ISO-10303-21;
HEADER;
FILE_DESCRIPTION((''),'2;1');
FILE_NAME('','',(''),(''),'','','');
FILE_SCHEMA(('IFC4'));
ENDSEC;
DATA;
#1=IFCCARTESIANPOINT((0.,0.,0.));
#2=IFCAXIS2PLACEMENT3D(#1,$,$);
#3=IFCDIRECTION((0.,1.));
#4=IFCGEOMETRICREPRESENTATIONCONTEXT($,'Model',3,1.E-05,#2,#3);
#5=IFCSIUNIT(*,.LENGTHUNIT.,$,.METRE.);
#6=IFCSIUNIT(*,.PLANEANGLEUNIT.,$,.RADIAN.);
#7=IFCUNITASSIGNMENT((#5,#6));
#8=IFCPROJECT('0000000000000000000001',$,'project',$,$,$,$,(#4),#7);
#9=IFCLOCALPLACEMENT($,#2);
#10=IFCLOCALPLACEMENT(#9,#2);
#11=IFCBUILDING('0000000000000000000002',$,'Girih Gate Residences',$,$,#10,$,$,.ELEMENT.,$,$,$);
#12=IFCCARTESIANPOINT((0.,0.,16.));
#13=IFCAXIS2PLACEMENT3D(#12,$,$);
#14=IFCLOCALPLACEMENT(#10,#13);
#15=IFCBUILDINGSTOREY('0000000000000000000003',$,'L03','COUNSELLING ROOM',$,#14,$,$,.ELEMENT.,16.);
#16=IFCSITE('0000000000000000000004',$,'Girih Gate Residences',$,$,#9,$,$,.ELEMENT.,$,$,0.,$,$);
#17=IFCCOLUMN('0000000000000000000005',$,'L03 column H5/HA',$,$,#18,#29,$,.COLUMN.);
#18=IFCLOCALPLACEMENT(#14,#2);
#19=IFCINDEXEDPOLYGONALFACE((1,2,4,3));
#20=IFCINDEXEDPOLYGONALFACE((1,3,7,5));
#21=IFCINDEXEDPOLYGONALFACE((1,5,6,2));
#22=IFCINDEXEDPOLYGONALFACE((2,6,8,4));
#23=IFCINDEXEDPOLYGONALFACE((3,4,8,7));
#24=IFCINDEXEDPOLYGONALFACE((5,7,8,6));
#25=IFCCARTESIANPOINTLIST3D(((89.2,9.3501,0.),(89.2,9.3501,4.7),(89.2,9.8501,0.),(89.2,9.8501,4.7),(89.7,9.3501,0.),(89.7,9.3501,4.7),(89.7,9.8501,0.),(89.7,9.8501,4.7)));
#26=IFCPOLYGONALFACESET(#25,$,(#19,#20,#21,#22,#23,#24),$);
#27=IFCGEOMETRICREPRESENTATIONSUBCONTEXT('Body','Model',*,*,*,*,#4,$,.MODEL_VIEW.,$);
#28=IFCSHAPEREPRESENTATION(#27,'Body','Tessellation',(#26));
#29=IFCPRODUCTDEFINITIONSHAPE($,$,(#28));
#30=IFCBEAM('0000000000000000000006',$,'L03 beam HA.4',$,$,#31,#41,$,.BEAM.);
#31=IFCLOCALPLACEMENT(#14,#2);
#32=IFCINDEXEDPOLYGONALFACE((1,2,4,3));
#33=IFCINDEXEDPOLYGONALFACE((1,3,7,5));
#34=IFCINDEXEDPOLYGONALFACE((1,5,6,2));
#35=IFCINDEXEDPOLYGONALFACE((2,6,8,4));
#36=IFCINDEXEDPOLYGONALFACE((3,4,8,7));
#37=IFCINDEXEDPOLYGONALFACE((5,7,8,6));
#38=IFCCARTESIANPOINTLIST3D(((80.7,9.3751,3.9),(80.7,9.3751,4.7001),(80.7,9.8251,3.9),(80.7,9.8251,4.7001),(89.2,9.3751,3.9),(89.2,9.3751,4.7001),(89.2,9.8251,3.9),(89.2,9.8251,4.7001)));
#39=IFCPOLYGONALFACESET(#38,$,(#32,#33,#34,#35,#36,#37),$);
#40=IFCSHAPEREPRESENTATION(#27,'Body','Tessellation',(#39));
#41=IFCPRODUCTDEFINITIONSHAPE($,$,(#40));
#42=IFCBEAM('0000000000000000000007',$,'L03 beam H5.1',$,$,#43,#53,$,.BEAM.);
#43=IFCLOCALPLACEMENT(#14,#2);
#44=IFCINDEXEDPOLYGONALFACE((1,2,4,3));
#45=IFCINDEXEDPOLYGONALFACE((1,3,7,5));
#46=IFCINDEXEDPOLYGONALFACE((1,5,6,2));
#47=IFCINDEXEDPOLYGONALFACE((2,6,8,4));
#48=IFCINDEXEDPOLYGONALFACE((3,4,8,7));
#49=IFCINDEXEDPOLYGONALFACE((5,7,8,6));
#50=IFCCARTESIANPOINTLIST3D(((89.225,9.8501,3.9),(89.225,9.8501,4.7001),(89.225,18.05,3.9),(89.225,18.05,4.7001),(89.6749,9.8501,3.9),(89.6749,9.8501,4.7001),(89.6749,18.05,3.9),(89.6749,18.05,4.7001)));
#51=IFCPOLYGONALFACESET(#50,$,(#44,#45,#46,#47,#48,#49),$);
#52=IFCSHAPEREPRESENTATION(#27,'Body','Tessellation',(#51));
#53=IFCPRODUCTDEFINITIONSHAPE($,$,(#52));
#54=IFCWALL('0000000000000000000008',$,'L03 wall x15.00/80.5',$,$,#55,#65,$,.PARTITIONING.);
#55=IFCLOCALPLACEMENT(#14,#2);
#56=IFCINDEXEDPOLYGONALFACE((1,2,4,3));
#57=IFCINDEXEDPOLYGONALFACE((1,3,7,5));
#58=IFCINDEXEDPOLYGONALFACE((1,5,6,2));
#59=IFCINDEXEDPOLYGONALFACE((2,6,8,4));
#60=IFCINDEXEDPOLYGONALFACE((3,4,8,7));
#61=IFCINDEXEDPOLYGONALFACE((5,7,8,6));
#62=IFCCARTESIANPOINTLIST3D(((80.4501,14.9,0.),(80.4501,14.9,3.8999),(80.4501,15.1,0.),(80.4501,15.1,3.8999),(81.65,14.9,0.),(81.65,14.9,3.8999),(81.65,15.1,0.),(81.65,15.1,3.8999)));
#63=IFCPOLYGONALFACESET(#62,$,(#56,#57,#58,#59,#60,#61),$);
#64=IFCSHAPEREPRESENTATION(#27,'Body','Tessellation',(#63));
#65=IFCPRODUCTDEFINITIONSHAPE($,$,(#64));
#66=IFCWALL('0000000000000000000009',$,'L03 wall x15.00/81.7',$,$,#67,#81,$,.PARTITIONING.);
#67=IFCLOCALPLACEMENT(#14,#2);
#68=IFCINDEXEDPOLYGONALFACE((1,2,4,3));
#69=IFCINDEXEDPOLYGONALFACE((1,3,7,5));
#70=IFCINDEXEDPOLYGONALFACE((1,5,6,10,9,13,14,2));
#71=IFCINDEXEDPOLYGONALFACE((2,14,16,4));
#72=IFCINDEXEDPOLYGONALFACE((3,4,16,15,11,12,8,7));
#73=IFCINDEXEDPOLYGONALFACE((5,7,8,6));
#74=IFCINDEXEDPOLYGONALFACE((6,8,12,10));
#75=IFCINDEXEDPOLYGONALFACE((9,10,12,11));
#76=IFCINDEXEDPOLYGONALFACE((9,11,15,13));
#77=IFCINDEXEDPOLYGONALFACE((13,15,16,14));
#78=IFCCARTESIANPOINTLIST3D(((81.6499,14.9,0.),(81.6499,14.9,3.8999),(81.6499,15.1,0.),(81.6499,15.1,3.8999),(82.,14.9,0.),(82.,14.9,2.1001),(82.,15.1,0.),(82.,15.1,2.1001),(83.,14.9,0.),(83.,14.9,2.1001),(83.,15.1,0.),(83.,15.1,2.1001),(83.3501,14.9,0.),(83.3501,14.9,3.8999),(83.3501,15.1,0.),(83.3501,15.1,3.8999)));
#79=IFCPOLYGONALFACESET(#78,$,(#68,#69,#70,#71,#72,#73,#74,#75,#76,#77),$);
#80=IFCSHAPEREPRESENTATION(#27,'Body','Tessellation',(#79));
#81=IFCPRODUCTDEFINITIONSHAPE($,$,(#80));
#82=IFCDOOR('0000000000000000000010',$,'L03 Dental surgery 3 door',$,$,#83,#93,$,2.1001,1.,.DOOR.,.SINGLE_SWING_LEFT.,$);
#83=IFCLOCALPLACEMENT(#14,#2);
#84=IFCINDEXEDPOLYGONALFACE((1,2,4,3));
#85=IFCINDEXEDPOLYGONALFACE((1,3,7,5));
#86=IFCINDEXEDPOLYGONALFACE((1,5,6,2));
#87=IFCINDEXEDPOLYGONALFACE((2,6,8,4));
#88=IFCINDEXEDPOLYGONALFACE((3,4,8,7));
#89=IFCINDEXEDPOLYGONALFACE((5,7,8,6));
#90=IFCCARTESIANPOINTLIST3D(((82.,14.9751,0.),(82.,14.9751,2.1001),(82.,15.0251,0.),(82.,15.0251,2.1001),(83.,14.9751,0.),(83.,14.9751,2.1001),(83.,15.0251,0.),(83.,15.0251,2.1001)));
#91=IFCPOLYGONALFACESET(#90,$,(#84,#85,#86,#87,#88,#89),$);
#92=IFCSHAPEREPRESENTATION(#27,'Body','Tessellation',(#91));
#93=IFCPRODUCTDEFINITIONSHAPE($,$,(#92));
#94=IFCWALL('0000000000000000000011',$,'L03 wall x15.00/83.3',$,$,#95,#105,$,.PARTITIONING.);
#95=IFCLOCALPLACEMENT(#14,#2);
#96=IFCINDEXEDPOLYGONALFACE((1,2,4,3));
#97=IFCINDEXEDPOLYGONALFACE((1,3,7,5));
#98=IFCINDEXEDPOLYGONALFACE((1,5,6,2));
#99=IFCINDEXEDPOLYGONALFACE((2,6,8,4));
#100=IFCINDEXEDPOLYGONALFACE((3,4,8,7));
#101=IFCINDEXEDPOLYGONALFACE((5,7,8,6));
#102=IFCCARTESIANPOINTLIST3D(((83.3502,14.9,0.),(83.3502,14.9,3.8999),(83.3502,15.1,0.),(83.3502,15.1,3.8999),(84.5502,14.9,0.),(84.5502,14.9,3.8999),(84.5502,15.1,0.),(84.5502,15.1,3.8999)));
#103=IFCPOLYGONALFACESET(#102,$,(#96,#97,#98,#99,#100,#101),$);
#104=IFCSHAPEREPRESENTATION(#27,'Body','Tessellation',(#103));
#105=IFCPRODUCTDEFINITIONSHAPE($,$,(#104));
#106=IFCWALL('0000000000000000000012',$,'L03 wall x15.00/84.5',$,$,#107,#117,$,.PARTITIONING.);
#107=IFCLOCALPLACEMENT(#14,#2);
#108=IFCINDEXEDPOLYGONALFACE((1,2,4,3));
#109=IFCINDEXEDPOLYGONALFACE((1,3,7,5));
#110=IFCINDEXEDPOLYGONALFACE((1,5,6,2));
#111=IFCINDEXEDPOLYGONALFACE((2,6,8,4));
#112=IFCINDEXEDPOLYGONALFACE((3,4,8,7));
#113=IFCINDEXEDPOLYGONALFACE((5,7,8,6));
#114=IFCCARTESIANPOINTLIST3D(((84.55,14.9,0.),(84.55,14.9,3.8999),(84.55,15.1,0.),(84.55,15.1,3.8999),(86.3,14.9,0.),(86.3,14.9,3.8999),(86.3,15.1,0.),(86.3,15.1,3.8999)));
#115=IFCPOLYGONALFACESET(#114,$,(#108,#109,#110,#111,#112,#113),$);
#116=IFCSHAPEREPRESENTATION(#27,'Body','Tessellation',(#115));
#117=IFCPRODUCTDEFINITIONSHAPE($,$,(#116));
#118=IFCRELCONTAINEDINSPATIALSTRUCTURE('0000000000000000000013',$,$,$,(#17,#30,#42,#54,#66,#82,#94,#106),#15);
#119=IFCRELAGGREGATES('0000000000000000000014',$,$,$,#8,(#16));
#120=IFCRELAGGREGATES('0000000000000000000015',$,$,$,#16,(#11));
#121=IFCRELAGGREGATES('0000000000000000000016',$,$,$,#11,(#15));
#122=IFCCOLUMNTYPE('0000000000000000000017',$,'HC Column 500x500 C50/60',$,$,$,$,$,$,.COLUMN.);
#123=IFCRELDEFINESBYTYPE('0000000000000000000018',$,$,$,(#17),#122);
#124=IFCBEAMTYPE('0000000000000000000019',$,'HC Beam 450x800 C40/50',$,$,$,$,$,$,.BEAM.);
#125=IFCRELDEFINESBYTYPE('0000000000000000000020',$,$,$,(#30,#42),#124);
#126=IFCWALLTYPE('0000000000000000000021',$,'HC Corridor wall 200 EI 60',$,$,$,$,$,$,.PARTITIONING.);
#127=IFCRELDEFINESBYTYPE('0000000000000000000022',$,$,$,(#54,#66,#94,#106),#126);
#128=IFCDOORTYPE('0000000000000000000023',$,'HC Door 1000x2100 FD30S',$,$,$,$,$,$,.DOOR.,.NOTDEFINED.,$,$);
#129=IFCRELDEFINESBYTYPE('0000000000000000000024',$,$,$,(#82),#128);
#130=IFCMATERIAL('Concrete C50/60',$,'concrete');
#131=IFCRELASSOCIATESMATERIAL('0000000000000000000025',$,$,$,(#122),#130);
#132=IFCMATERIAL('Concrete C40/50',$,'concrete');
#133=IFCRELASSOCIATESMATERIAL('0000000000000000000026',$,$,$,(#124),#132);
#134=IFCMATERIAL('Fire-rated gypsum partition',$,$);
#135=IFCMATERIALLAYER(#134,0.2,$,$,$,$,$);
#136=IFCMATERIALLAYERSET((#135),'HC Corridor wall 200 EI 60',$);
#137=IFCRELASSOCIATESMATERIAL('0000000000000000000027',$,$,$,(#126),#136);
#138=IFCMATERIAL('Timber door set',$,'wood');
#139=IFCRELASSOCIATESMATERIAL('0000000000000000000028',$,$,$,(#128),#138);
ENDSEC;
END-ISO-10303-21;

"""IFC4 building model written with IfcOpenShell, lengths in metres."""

from ifc_helpers import new_model, si_unit, direction, frame, frame_2d, origin, origin_2d, place, context, subcontext, project, spatial, rectangle, extrude, material, layer, layer_set, material_profile, profile_set, type_object, element, fill, save


model = new_model("IFC4")

# Units and contexts
model_context = context("Model", 3, precision=1e-05, world=origin(), true_north=direction((0.0, 1.0)))
body_context = subcontext(model_context, "Body", "Model", "MODEL_VIEW")
ifc_project = project(units=[si_unit("LENGTHUNIT", "METRE"), si_unit("PLANEANGLEUNIT", "RADIAN")], contexts=[model_context])

# Site, building, storey
site_placement = place(None, origin())
site = spatial("IfcSite", under=ifc_project, at=site_placement, Name="Girih Gate Residences", CompositionType="ELEMENT", RefElevation=0.0)
building_placement = place(site_placement, origin())
building = spatial("IfcBuilding", under=site, at=building_placement, Name="Girih Gate Residences", CompositionType="ELEMENT")
storey_placement = place(building_placement, frame((0.0, 0.0, 16.0)))
storey = spatial("IfcBuildingStorey", under=building, at=storey_placement, Name="L03", Description="COUNSELLING ROOM", CompositionType="ELEMENT", Elevation=16.0)

# Column
ifc_material_1 = material(Name="Concrete C50/60", Category="concrete")
ifc_material_profile_1 = material_profile(ifc_material_1, rectangle(XDim=0.5, YDim=0.5, at=origin_2d()))
ifc_profile_set_1 = profile_set([ifc_material_profile_1], Name="Concrete C50/60")
column_type = type_object("IfcColumnType", Name="HC Column 500x500 C50/60", PredefinedType="COLUMN", material=ifc_profile_set_1)
column_placement = place(storey_placement, frame((89.45, 9.6001, 0.0), z_axis=(0.0, 0.0, 1.0), x_axis=(1.0, 0.0, 0.0)))
element("IfcColumn", 1, at=column_placement, inside=storey, type_object=column_type, Name="L03 column H5/HA", PredefinedType="COLUMN", context=body_context, shape_type="SweptSolid", body=[
    extrude(rectangle(XDim=0.5, YDim=0.5, at=origin_2d()), origin(), (0.0, 0.0, 1.0), 4.7),
])

# Beams
ifc_material_2 = material(Name="Concrete C40/50", Category="concrete")
ifc_material_profile_2 = material_profile(ifc_material_2, rectangle(XDim=0.45, YDim=0.8, at=origin_2d()))
ifc_profile_set_2 = profile_set([ifc_material_profile_2], Name="Concrete C40/50")
beam_type = type_object("IfcBeamType", Name="HC Beam 450x800 C40/50", PredefinedType="BEAM", material=ifc_profile_set_2)
beam_1_placement = place(storey_placement, frame((80.7, 9.6001, 4.3), z_axis=(1.0, 0.0, 0.0), x_axis=(0.0, 1.0, 0.0)))
element("IfcBeam", 2, at=beam_1_placement, inside=storey, type_object=beam_type, Name="L03 beam HA.4", PredefinedType="BEAM", context=body_context, shape_type="SweptSolid", body=[
    extrude(rectangle(XDim=0.45, YDim=0.8, at=origin_2d()), origin(), (0.0, 0.0, 1.0), 8.5),
])
beam_2_placement = place(storey_placement, frame((89.45, 9.8501, 4.3), z_axis=(0.0, 1.0, 0.0), x_axis=(-1.0, 0.0, 0.0)))
element("IfcBeam", 3, at=beam_2_placement, inside=storey, type_object=beam_type, Name="L03 beam H5.1", PredefinedType="BEAM", context=body_context, shape_type="SweptSolid", body=[
    extrude(rectangle(XDim=0.45, YDim=0.8, at=origin_2d()), origin(), (0.0, 0.0, 1.0), 8.2),
])

# Wall
ifc_material_3 = material(Name="Fire-rated gypsum partition")
ifc_layer_1 = layer(ifc_material_3, 0.2)
ifc_layer_set_1 = layer_set([ifc_layer_1], Name="HC Corridor wall 200 EI 60")
wall_type_1 = type_object("IfcWallType", Name="HC Corridor wall 200 EI 60", PredefinedType="PARTITIONING", material=ifc_layer_set_1)
wall_1_placement = place(storey_placement, frame((80.45, 15.0, 0.0), z_axis=(0.0, 0.0, 1.0), x_axis=(1.0, 0.0, 0.0)))
element("IfcWall", 4, at=wall_1_placement, inside=storey, type_object=wall_type_1, Name="L03 wall x15.00/80.5", PredefinedType="PARTITIONING", context=body_context, shape_type="SweptSolid", body=[
    extrude(rectangle(XDim=1.2, YDim=0.2, at=frame_2d((0.6001, 0.0))), origin(), (0.0, 0.0, 1.0), 3.8999),
])

# Wall, opening, door
wall_2_placement = place(storey_placement, frame((83.3501, 15.0, 0.0), z_axis=(0.0, 0.0, 1.0), x_axis=(-1.0, 0.0, 0.0)))
wall_2 = element("IfcWall", 5, at=wall_2_placement, inside=storey, type_object=wall_type_1, Name="L03 wall x15.00/81.7", PredefinedType="PARTITIONING", context=body_context, shape_type="SweptSolid", body=[
    extrude(rectangle(XDim=1.7002, YDim=0.2, at=frame_2d((0.8501, 0.0))), origin(), (0.0, 0.0, 1.0), 3.8999),
])
opening_1_placement = place(wall_2_placement, frame((0.3501, 0.0, 0.0)))
opening_1 = element("IfcOpeningElement", 6, at=opening_1_placement, cuts=wall_2, PredefinedType="OPENING", context=body_context, shape_type="SweptSolid", body=[
    extrude(rectangle(XDim=1.0, YDim=2.1001, at=frame_2d((0.5, 1.05))), frame((0.0, 0.1099, 0.0), z_axis=(0.0, -1.0, 0.0), x_axis=(1.0, 0.0, 0.0)), (0.0, 0.0, 1.0), 0.22),
])
ifc_material_4 = material(Name="Timber door set", Category="wood")
door_type = type_object("IfcDoorType", Name="HC Door 1000x2100 FD30S", OperationType="NOTDEFINED", PredefinedType="DOOR", material=ifc_material_4)
door_placement = place(opening_1_placement, origin())
door = element("IfcDoor", 7, at=door_placement, inside=storey, type_object=door_type, Name="L03 Dental surgery 3 door", OperationType="SINGLE_SWING_LEFT", OverallHeight=2.1001, OverallWidth=1.0, PredefinedType="DOOR", context=body_context, shape_type="SweptSolid", body=[
    extrude(rectangle(XDim=1.0, YDim=2.1001, at=frame_2d((0.5, 1.05))), frame((0.0, 0.0249, 0.0), z_axis=(0.0, -1.0, 0.0), x_axis=(1.0, 0.0, 0.0)), (0.0, 0.0, 1.0), 0.05),
])
fill(opening_1, door)

# Walls
wall_3_placement = place(storey_placement, frame((83.3501, 15.0, 0.0), z_axis=(0.0, 0.0, 1.0), x_axis=(1.0, 0.0, 0.0)))
element("IfcWall", 8, at=wall_3_placement, inside=storey, type_object=wall_type_1, Name="L03 wall x15.00/83.3", PredefinedType="PARTITIONING", context=body_context, shape_type="SweptSolid", body=[
    extrude(rectangle(XDim=1.2, YDim=0.2, at=frame_2d((0.6001, 0.0))), origin(), (0.0, 0.0, 1.0), 3.8999),
])
wall_4_placement = place(storey_placement, frame((84.55, 15.0, 0.0), z_axis=(0.0, 0.0, 1.0), x_axis=(1.0, 0.0, 0.0)))
element("IfcWall", 9, at=wall_4_placement, inside=storey, type_object=wall_type_1, Name="L03 wall x15.00/84.5", PredefinedType="PARTITIONING", context=body_context, shape_type="SweptSolid", body=[
    extrude(rectangle(XDim=1.75, YDim=0.2, at=frame_2d((0.875, 0.0))), origin(), (0.0, 0.0, 1.0), 3.8999),
])

save(model, "model.ifc")
